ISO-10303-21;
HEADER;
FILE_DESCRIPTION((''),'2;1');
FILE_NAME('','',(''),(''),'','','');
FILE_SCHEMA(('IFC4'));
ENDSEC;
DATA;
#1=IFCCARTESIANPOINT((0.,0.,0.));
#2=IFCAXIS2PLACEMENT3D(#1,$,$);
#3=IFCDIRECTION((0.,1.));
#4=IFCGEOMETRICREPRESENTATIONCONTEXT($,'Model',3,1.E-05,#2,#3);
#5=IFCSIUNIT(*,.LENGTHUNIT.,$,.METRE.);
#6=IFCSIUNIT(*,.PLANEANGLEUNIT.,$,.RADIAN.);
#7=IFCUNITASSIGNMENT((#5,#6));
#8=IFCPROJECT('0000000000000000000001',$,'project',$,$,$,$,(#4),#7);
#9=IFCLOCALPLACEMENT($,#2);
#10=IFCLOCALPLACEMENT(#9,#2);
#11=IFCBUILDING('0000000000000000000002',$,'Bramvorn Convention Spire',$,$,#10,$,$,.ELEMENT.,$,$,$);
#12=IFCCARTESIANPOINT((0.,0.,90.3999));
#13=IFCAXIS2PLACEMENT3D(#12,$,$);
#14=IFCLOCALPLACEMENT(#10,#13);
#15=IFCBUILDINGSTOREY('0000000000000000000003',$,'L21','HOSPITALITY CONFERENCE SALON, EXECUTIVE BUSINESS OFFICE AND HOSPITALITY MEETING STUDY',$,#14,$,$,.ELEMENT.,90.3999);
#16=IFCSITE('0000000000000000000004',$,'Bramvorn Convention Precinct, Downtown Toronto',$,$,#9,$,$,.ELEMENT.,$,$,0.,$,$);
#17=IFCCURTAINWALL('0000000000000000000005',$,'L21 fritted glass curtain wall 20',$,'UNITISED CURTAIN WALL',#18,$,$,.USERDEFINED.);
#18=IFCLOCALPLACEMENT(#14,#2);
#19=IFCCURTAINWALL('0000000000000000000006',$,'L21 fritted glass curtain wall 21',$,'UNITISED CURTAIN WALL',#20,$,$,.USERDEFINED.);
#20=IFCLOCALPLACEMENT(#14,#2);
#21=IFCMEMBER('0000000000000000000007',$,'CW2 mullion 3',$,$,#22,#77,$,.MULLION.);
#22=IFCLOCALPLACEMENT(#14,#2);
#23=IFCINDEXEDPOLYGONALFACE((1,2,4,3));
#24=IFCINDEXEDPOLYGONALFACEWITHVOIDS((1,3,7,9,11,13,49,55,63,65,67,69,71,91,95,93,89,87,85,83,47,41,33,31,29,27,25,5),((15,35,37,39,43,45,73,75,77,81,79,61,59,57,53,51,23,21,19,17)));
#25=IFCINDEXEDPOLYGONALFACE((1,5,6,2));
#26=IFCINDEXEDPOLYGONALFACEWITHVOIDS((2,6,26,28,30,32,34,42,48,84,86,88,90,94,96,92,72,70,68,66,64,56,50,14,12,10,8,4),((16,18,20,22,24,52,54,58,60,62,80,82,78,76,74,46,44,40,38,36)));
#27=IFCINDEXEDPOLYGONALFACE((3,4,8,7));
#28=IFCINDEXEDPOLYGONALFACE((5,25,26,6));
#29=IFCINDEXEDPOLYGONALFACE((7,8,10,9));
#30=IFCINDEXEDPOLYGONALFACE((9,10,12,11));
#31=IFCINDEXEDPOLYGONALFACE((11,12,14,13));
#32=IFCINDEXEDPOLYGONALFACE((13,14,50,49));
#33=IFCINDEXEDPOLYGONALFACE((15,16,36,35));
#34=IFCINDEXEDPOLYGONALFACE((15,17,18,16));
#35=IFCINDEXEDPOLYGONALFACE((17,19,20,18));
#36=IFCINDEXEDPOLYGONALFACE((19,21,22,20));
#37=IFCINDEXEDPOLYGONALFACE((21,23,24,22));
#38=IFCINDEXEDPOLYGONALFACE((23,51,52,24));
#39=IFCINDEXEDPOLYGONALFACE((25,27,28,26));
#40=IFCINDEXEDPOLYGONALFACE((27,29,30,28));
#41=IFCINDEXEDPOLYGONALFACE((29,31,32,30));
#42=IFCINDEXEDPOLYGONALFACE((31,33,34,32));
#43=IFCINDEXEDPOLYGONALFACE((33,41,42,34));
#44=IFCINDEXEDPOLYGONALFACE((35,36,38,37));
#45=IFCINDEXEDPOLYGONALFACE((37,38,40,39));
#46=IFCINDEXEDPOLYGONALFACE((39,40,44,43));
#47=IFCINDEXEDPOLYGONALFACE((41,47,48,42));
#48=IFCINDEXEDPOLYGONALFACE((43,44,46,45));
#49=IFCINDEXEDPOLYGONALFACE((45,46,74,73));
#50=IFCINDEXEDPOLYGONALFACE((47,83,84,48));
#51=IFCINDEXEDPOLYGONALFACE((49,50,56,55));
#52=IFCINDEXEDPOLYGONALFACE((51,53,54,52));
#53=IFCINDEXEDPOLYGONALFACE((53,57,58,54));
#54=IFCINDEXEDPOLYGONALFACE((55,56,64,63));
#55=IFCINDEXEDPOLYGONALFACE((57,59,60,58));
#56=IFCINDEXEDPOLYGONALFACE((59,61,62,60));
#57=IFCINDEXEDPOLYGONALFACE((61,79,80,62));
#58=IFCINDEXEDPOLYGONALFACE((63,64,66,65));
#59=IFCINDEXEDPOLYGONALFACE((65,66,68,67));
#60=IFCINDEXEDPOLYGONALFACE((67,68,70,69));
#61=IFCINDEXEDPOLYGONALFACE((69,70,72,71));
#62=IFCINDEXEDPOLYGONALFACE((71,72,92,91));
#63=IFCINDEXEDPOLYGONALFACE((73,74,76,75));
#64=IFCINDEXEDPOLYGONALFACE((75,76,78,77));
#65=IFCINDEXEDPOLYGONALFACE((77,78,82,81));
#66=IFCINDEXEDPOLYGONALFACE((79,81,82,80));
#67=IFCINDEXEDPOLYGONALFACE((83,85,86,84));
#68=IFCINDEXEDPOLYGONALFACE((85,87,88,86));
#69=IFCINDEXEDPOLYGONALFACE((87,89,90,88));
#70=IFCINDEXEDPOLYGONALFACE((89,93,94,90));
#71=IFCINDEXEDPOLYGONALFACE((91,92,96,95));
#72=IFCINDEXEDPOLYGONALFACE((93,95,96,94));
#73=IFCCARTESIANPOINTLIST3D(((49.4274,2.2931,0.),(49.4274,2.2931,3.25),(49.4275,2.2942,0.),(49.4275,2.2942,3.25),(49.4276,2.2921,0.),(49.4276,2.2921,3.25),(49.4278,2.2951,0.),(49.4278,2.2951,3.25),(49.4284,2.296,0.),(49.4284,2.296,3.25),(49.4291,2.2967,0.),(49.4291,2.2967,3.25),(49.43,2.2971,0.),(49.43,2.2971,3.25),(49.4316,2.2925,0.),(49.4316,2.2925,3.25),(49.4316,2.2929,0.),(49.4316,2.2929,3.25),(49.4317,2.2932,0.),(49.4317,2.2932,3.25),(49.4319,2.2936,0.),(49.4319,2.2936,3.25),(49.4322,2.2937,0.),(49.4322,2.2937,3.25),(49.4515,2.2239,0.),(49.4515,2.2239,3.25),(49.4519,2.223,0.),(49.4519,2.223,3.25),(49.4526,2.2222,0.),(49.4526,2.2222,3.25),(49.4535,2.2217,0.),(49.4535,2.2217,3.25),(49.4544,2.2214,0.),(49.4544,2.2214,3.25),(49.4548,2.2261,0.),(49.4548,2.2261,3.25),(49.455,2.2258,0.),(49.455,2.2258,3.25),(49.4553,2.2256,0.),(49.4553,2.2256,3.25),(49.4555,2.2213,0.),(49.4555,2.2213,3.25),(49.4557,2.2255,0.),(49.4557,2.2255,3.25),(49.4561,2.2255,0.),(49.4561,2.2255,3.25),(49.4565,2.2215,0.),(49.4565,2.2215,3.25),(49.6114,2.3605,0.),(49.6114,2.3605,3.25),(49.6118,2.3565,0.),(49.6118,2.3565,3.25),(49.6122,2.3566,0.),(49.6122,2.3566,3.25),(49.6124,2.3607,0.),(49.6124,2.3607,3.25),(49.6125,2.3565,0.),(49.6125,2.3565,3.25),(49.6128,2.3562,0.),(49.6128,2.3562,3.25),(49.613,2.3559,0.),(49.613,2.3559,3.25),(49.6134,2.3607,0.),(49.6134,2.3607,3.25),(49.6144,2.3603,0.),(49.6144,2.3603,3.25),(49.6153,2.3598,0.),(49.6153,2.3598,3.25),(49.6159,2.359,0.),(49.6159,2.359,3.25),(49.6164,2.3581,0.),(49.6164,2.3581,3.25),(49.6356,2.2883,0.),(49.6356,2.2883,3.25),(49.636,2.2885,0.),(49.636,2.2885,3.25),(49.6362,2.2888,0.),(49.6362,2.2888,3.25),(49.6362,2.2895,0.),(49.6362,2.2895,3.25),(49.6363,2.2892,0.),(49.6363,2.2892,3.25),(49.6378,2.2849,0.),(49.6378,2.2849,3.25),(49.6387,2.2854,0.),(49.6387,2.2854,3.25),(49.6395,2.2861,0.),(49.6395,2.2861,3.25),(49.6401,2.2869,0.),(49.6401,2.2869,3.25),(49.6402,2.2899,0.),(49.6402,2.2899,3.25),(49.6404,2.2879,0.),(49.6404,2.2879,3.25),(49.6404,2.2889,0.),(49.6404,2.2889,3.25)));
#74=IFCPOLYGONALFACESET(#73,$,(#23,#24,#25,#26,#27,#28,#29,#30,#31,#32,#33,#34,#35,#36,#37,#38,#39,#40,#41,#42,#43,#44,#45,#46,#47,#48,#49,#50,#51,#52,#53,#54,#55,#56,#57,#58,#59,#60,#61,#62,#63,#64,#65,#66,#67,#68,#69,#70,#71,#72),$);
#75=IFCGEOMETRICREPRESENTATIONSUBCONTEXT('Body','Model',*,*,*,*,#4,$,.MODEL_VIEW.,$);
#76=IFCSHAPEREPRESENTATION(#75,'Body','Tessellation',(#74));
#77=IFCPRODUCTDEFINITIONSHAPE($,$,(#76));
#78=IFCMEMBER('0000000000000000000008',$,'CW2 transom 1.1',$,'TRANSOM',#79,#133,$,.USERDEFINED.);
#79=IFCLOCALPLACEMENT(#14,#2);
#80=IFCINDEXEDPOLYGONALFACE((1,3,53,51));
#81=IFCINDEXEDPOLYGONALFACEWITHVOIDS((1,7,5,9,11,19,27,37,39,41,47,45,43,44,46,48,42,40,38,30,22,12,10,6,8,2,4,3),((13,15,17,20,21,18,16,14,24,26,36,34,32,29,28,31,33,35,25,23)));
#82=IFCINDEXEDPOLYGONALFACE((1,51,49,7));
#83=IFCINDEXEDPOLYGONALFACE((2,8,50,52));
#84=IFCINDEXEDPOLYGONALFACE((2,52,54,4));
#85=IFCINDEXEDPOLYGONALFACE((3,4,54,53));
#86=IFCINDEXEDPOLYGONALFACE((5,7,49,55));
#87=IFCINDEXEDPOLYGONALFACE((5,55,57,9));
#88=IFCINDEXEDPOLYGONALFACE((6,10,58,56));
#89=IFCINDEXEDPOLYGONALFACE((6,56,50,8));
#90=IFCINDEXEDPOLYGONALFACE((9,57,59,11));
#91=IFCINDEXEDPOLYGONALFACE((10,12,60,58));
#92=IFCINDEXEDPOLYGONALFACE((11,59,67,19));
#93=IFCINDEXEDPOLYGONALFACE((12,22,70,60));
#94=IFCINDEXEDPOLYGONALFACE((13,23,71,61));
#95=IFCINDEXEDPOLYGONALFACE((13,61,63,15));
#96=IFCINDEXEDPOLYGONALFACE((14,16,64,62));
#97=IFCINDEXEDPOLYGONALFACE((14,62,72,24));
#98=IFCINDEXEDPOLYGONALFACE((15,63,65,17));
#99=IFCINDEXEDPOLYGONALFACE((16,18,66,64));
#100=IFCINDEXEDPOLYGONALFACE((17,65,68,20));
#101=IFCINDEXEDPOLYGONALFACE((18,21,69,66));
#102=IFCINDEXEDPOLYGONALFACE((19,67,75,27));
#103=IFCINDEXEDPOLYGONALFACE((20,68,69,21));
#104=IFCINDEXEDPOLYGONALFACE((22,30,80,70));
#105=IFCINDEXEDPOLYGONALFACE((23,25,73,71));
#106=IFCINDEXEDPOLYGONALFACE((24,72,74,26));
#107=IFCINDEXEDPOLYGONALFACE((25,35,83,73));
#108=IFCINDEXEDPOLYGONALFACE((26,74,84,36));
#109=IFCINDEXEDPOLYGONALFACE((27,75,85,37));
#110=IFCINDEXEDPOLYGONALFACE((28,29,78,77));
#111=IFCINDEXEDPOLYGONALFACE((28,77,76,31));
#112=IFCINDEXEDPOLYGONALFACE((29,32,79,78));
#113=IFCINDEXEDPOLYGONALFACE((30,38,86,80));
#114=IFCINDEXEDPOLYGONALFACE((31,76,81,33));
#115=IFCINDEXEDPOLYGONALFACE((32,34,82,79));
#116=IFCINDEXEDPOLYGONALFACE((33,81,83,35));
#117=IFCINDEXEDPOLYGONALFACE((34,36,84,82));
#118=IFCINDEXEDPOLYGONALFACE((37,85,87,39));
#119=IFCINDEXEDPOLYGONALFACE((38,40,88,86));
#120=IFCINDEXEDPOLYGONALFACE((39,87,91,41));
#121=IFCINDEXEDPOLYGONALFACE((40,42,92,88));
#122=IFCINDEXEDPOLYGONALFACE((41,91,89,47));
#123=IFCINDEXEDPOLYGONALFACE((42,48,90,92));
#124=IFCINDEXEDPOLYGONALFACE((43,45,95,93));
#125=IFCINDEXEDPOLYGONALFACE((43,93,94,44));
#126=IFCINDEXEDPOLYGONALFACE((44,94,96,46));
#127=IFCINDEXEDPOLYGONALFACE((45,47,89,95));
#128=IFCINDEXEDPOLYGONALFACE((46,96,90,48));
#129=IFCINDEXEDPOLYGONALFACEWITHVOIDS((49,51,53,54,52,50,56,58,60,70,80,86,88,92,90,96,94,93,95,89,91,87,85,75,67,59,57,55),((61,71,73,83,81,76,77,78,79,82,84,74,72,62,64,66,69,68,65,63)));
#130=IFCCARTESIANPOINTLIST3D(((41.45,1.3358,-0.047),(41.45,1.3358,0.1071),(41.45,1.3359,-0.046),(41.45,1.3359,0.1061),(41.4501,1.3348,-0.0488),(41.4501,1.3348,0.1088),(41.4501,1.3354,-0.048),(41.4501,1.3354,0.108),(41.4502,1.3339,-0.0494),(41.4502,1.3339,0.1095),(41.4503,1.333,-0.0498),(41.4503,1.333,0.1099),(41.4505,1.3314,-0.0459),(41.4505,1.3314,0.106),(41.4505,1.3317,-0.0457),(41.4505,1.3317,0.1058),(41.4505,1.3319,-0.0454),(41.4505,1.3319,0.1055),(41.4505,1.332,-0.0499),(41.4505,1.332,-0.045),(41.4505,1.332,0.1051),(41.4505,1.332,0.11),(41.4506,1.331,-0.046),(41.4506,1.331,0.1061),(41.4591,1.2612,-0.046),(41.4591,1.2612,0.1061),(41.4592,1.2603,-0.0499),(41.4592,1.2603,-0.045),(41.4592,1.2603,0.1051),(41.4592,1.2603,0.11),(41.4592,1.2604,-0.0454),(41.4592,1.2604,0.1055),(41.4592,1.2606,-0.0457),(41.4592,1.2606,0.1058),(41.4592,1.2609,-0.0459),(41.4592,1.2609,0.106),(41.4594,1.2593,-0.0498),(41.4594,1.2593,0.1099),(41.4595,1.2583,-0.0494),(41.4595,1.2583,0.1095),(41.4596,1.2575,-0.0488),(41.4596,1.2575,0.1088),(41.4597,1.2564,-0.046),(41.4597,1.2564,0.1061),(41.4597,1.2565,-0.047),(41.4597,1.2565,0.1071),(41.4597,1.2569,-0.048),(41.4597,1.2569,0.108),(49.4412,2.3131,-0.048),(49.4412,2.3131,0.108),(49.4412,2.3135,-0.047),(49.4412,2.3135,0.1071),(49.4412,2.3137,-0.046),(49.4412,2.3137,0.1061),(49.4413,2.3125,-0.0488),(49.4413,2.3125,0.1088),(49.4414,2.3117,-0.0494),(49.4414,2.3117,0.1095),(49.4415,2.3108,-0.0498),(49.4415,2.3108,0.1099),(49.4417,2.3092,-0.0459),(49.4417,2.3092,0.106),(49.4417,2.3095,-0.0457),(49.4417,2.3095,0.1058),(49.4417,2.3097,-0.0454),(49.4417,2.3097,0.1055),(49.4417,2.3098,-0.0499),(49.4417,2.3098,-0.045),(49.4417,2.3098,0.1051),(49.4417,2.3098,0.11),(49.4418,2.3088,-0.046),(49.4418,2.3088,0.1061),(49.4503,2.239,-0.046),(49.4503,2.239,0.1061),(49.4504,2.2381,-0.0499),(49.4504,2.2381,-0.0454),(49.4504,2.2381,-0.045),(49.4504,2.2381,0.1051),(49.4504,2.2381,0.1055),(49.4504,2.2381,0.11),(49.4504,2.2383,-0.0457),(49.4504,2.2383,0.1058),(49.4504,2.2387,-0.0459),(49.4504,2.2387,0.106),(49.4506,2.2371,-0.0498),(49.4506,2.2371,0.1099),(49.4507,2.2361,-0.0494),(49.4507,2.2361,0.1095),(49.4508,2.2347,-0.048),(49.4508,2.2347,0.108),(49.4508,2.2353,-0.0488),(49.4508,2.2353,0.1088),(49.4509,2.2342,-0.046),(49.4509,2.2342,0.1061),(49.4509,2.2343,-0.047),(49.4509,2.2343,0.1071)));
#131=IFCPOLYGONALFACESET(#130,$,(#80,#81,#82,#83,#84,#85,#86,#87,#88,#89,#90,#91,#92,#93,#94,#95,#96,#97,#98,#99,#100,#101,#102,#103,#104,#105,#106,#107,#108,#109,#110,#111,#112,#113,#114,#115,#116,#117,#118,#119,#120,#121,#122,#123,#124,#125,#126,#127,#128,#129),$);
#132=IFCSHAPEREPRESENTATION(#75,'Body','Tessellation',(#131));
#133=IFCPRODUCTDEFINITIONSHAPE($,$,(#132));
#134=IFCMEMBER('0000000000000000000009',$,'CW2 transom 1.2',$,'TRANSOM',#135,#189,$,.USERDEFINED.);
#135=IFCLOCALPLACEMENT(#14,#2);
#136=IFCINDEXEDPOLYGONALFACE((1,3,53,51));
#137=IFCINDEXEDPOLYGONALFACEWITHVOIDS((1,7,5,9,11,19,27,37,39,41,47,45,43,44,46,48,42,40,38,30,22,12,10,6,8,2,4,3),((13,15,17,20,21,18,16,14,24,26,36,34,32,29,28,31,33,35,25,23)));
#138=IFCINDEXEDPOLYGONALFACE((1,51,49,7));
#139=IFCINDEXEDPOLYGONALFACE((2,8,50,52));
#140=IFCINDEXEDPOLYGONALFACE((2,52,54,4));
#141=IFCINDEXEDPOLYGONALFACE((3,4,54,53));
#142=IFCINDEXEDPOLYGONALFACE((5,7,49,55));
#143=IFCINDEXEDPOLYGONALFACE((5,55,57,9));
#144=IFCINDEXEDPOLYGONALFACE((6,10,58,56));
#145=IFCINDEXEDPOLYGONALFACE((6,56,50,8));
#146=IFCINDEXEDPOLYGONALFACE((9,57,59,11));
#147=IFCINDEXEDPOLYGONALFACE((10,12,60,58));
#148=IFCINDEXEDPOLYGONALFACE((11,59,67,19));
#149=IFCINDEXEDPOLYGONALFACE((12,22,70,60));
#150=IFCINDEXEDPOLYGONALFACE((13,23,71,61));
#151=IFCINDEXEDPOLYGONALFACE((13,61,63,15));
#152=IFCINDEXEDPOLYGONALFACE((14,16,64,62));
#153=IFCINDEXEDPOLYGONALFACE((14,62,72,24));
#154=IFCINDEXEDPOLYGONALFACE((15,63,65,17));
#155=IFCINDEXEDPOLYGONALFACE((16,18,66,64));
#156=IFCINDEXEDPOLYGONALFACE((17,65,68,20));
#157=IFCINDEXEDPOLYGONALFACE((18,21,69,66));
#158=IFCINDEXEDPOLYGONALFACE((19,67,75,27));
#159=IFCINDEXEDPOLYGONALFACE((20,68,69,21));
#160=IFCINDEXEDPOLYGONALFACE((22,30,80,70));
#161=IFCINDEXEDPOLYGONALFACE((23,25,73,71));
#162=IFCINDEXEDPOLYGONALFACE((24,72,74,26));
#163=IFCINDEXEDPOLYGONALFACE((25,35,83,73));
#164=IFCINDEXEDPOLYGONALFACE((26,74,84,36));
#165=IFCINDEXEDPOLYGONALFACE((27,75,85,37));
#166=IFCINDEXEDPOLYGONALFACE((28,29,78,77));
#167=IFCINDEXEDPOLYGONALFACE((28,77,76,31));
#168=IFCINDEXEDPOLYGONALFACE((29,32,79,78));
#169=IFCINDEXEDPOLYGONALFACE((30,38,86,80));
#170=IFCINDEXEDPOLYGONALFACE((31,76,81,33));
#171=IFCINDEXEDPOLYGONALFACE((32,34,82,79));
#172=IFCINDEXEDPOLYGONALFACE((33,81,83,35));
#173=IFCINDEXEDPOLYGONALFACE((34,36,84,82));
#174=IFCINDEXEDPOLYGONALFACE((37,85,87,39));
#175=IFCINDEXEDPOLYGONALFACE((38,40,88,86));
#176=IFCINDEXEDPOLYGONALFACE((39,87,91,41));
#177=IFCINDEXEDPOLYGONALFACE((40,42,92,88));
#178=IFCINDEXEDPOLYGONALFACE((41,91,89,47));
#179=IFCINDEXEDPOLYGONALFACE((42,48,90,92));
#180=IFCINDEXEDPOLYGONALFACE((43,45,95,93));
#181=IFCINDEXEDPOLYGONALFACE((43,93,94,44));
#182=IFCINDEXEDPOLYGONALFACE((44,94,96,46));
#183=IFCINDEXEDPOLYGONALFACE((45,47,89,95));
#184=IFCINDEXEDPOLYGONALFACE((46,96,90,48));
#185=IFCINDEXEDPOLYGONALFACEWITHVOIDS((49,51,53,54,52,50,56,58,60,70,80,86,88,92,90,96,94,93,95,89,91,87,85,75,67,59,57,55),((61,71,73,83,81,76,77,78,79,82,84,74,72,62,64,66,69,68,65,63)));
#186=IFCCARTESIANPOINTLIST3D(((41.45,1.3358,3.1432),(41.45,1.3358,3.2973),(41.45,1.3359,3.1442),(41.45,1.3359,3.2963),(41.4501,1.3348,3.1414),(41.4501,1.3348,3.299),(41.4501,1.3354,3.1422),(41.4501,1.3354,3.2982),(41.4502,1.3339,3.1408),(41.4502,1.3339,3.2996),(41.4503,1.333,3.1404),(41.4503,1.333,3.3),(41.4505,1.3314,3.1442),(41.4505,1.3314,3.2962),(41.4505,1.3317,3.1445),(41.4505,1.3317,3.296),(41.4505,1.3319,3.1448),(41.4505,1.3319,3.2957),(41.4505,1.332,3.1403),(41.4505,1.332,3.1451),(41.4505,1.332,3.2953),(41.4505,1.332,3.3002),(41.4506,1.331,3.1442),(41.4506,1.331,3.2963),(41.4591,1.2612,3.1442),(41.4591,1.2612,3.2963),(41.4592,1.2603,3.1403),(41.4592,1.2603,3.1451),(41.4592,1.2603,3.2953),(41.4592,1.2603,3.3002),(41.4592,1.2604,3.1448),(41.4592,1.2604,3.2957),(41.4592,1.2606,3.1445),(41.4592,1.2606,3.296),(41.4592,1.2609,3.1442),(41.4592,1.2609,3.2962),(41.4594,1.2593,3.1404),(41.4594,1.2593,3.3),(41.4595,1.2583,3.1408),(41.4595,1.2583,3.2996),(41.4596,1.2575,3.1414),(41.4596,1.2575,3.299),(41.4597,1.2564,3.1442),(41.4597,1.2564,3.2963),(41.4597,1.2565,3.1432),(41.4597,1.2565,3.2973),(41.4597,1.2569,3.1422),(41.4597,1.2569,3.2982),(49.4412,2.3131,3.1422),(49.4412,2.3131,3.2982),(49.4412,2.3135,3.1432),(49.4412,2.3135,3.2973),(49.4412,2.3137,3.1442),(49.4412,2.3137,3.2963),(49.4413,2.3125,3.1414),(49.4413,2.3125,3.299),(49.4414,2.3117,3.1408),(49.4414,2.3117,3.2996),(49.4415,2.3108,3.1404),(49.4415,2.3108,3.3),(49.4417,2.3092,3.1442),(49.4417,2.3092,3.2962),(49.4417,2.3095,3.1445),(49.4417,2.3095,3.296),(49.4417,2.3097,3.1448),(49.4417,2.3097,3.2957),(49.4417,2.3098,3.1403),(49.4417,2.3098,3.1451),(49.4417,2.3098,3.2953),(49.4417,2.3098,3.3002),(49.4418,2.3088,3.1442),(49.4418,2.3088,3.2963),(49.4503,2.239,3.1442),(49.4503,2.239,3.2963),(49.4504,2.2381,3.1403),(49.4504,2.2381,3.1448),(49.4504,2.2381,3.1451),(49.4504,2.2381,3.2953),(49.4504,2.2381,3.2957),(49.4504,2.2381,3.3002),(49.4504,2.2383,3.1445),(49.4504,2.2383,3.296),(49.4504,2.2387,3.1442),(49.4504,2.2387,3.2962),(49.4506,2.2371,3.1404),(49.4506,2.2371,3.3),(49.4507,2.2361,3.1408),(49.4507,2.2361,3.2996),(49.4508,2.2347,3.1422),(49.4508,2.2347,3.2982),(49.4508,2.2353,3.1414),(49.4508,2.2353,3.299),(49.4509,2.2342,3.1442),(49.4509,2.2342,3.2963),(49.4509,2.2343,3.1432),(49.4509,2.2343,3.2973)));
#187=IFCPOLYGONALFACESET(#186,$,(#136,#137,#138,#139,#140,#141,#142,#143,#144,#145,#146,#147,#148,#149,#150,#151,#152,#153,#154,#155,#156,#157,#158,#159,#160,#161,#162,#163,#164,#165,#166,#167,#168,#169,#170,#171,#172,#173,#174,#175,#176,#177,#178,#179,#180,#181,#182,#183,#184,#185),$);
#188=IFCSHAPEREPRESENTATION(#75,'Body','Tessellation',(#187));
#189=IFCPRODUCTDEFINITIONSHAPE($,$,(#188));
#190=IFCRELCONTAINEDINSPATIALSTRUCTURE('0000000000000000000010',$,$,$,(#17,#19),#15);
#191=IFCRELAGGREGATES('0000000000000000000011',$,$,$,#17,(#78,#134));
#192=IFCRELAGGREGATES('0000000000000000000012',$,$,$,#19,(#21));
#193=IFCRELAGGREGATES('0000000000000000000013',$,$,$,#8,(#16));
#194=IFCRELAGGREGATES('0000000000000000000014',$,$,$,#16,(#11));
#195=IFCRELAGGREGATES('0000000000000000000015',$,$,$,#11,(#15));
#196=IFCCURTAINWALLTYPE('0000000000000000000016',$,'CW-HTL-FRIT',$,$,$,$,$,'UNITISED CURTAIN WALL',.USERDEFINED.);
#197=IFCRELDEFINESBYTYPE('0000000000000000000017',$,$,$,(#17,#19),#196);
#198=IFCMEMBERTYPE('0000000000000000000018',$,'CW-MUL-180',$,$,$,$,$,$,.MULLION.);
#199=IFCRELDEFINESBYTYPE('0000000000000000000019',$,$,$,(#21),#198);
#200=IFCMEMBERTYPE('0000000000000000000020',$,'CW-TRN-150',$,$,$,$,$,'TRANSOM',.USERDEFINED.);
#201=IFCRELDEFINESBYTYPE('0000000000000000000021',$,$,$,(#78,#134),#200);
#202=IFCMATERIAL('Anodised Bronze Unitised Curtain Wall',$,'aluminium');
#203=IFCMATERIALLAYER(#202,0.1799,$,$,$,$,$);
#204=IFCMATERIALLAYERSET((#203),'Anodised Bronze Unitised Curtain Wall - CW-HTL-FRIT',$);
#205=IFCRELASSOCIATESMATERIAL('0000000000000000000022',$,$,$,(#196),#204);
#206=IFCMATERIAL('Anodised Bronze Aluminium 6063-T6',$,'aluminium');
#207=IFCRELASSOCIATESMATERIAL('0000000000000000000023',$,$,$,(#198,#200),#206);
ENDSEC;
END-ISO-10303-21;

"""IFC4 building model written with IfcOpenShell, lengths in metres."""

from ifc_helpers import new_model, si_unit, direction, frame, origin, origin_2d, place, context, subcontext, project, spatial, hollow_rectangle, extrude, material, layer, layer_set, material_profile, profile_set, type_object, element, aggregate, save


model = new_model("IFC4")

# Units and contexts
model_context = context("Model", 3, precision=1e-05, world=origin(), true_north=direction((0.0, 1.0)))
body_context = subcontext(model_context, "Body", "Model", "MODEL_VIEW")
ifc_project = project(units=[si_unit("LENGTHUNIT", "METRE"), si_unit("PLANEANGLEUNIT", "RADIAN")], contexts=[model_context])

# Site, building, storey
site_placement = place(None, origin())
site = spatial("IfcSite", under=ifc_project, at=site_placement, Name="Bramvorn Convention Precinct, Downtown Toronto", CompositionType="ELEMENT", RefElevation=0.0)
building_placement = place(site_placement, origin())
building = spatial("IfcBuilding", under=site, at=building_placement, Name="Bramvorn Convention Spire", CompositionType="ELEMENT")
storey_placement = place(building_placement, frame((0.0, 0.0, 90.3999)))
storey = spatial("IfcBuildingStorey", under=building, at=storey_placement, Name="L21", Description="HOSPITALITY CONFERENCE SALON, EXECUTIVE BUSINESS OFFICE AND HOSPITALITY MEETING STUDY", CompositionType="ELEMENT", Elevation=90.3999)

# Curtain wall
ifc_material_1 = material(Name="Anodised Bronze Unitised Curtain Wall", Category="aluminium")
ifc_layer_1 = layer(ifc_material_1, 0.1799)
ifc_layer_set_1 = layer_set([ifc_layer_1], Name="Anodised Bronze Unitised Curtain Wall - CW-HTL-FRIT")
curtain_wall_type = type_object("IfcCurtainWallType", Name="CW-HTL-FRIT", ElementType="UNITISED CURTAIN WALL", PredefinedType="USERDEFINED", material=ifc_layer_set_1)
curtain_wall_1_placement = place(storey_placement, origin())
curtain_wall_1 = element("IfcCurtainWall", 1, at=curtain_wall_1_placement, inside=storey, type_object=curtain_wall_type, Name="L21 fritted glass curtain wall 20", ObjectType="UNITISED CURTAIN WALL", PredefinedType="USERDEFINED")
ifc_material_2 = material(Name="Anodised Bronze Aluminium 6063-T6", Category="aluminium")
ifc_material_profile_1 = material_profile(ifc_material_2, hollow_rectangle(XDim=0.0801, YDim=0.2, WallThickness=0.0039, InnerFilletRadius=0.001, OuterFilletRadius=0.0039, at=origin_2d()))
ifc_profile_set_1 = profile_set([ifc_material_profile_1], Name="Anodised Bronze Aluminium 6063-T6 - CWM80X200")
member_type_1 = type_object("IfcMemberType", Name="CW-MUL-180", PredefinedType="MULLION", material=ifc_profile_set_1)

# Curtain wall, member
curtain_wall_2_placement = place(storey_placement, origin())
curtain_wall_2 = element("IfcCurtainWall", 2, at=curtain_wall_2_placement, inside=storey, type_object=curtain_wall_type, Name="L21 fritted glass curtain wall 21", ObjectType="UNITISED CURTAIN WALL", PredefinedType="USERDEFINED")
member_1_placement = place(storey_placement, frame((49.5339, 2.291, 0.0), z_axis=(0.0, 0.0, 1.0), x_axis=(0.329973, -0.94399, 0.0)))
member_1 = element("IfcMember", 3, at=member_1_placement, type_object=member_type_1, Name="CW2 mullion 3", PredefinedType="MULLION", context=body_context, shape_type="SweptSolid", body=[
    extrude(hollow_rectangle(XDim=0.0801, YDim=0.2, WallThickness=0.0039, InnerFilletRadius=0.001, OuterFilletRadius=0.0039, at=origin_2d()), origin(), (0.0, 0.0, 1.0), 3.25),
])

# Members
ifc_material_profile_2 = material_profile(ifc_material_2, hollow_rectangle(XDim=0.0801, YDim=0.1599, WallThickness=0.0039, InnerFilletRadius=0.001, OuterFilletRadius=0.0039, at=origin_2d()))
ifc_profile_set_2 = profile_set([ifc_material_profile_2], Name="Anodised Bronze Aluminium 6063-T6 - CWT80X160")
member_type_2 = type_object("IfcMemberType", Name="CW-TRN-150", ElementType="TRANSOM", PredefinedType="USERDEFINED", material=ifc_profile_set_2)
member_2_placement = place(storey_placement, frame((49.446, 2.2739, 0.03), z_axis=(-0.992597, -0.121452, 0.0), x_axis=(0.121452, -0.992597, 0.0)))
member_2 = element("IfcMember", 4, at=member_2_placement, type_object=member_type_2, Name="CW2 transom 1.1", ObjectType="TRANSOM", PredefinedType="USERDEFINED", context=body_context, shape_type="SweptSolid", body=[
    extrude(hollow_rectangle(XDim=0.0801, YDim=0.1599, WallThickness=0.0039, InnerFilletRadius=0.001, OuterFilletRadius=0.0039, at=origin_2d()), origin(), (0.0, 0.0, 1.0), 8.0508),
])
member_3_placement = place(storey_placement, frame((49.446, 2.2739, 3.2202), z_axis=(-0.992597, -0.121452, 0.0), x_axis=(0.121452, -0.992597, 0.0)))
member_3 = element("IfcMember", 5, at=member_3_placement, type_object=member_type_2, Name="CW2 transom 1.2", ObjectType="TRANSOM", PredefinedType="USERDEFINED", context=body_context, shape_type="SweptSolid", body=[
    extrude(hollow_rectangle(XDim=0.0801, YDim=0.1599, WallThickness=0.0039, InnerFilletRadius=0.001, OuterFilletRadius=0.0039, at=origin_2d()), origin(), (0.0, 0.0, 1.0), 8.0508),
])
aggregate(curtain_wall_1, [member_2, member_3])

aggregate(curtain_wall_2, [member_1])

save(model, "model.ifc")
